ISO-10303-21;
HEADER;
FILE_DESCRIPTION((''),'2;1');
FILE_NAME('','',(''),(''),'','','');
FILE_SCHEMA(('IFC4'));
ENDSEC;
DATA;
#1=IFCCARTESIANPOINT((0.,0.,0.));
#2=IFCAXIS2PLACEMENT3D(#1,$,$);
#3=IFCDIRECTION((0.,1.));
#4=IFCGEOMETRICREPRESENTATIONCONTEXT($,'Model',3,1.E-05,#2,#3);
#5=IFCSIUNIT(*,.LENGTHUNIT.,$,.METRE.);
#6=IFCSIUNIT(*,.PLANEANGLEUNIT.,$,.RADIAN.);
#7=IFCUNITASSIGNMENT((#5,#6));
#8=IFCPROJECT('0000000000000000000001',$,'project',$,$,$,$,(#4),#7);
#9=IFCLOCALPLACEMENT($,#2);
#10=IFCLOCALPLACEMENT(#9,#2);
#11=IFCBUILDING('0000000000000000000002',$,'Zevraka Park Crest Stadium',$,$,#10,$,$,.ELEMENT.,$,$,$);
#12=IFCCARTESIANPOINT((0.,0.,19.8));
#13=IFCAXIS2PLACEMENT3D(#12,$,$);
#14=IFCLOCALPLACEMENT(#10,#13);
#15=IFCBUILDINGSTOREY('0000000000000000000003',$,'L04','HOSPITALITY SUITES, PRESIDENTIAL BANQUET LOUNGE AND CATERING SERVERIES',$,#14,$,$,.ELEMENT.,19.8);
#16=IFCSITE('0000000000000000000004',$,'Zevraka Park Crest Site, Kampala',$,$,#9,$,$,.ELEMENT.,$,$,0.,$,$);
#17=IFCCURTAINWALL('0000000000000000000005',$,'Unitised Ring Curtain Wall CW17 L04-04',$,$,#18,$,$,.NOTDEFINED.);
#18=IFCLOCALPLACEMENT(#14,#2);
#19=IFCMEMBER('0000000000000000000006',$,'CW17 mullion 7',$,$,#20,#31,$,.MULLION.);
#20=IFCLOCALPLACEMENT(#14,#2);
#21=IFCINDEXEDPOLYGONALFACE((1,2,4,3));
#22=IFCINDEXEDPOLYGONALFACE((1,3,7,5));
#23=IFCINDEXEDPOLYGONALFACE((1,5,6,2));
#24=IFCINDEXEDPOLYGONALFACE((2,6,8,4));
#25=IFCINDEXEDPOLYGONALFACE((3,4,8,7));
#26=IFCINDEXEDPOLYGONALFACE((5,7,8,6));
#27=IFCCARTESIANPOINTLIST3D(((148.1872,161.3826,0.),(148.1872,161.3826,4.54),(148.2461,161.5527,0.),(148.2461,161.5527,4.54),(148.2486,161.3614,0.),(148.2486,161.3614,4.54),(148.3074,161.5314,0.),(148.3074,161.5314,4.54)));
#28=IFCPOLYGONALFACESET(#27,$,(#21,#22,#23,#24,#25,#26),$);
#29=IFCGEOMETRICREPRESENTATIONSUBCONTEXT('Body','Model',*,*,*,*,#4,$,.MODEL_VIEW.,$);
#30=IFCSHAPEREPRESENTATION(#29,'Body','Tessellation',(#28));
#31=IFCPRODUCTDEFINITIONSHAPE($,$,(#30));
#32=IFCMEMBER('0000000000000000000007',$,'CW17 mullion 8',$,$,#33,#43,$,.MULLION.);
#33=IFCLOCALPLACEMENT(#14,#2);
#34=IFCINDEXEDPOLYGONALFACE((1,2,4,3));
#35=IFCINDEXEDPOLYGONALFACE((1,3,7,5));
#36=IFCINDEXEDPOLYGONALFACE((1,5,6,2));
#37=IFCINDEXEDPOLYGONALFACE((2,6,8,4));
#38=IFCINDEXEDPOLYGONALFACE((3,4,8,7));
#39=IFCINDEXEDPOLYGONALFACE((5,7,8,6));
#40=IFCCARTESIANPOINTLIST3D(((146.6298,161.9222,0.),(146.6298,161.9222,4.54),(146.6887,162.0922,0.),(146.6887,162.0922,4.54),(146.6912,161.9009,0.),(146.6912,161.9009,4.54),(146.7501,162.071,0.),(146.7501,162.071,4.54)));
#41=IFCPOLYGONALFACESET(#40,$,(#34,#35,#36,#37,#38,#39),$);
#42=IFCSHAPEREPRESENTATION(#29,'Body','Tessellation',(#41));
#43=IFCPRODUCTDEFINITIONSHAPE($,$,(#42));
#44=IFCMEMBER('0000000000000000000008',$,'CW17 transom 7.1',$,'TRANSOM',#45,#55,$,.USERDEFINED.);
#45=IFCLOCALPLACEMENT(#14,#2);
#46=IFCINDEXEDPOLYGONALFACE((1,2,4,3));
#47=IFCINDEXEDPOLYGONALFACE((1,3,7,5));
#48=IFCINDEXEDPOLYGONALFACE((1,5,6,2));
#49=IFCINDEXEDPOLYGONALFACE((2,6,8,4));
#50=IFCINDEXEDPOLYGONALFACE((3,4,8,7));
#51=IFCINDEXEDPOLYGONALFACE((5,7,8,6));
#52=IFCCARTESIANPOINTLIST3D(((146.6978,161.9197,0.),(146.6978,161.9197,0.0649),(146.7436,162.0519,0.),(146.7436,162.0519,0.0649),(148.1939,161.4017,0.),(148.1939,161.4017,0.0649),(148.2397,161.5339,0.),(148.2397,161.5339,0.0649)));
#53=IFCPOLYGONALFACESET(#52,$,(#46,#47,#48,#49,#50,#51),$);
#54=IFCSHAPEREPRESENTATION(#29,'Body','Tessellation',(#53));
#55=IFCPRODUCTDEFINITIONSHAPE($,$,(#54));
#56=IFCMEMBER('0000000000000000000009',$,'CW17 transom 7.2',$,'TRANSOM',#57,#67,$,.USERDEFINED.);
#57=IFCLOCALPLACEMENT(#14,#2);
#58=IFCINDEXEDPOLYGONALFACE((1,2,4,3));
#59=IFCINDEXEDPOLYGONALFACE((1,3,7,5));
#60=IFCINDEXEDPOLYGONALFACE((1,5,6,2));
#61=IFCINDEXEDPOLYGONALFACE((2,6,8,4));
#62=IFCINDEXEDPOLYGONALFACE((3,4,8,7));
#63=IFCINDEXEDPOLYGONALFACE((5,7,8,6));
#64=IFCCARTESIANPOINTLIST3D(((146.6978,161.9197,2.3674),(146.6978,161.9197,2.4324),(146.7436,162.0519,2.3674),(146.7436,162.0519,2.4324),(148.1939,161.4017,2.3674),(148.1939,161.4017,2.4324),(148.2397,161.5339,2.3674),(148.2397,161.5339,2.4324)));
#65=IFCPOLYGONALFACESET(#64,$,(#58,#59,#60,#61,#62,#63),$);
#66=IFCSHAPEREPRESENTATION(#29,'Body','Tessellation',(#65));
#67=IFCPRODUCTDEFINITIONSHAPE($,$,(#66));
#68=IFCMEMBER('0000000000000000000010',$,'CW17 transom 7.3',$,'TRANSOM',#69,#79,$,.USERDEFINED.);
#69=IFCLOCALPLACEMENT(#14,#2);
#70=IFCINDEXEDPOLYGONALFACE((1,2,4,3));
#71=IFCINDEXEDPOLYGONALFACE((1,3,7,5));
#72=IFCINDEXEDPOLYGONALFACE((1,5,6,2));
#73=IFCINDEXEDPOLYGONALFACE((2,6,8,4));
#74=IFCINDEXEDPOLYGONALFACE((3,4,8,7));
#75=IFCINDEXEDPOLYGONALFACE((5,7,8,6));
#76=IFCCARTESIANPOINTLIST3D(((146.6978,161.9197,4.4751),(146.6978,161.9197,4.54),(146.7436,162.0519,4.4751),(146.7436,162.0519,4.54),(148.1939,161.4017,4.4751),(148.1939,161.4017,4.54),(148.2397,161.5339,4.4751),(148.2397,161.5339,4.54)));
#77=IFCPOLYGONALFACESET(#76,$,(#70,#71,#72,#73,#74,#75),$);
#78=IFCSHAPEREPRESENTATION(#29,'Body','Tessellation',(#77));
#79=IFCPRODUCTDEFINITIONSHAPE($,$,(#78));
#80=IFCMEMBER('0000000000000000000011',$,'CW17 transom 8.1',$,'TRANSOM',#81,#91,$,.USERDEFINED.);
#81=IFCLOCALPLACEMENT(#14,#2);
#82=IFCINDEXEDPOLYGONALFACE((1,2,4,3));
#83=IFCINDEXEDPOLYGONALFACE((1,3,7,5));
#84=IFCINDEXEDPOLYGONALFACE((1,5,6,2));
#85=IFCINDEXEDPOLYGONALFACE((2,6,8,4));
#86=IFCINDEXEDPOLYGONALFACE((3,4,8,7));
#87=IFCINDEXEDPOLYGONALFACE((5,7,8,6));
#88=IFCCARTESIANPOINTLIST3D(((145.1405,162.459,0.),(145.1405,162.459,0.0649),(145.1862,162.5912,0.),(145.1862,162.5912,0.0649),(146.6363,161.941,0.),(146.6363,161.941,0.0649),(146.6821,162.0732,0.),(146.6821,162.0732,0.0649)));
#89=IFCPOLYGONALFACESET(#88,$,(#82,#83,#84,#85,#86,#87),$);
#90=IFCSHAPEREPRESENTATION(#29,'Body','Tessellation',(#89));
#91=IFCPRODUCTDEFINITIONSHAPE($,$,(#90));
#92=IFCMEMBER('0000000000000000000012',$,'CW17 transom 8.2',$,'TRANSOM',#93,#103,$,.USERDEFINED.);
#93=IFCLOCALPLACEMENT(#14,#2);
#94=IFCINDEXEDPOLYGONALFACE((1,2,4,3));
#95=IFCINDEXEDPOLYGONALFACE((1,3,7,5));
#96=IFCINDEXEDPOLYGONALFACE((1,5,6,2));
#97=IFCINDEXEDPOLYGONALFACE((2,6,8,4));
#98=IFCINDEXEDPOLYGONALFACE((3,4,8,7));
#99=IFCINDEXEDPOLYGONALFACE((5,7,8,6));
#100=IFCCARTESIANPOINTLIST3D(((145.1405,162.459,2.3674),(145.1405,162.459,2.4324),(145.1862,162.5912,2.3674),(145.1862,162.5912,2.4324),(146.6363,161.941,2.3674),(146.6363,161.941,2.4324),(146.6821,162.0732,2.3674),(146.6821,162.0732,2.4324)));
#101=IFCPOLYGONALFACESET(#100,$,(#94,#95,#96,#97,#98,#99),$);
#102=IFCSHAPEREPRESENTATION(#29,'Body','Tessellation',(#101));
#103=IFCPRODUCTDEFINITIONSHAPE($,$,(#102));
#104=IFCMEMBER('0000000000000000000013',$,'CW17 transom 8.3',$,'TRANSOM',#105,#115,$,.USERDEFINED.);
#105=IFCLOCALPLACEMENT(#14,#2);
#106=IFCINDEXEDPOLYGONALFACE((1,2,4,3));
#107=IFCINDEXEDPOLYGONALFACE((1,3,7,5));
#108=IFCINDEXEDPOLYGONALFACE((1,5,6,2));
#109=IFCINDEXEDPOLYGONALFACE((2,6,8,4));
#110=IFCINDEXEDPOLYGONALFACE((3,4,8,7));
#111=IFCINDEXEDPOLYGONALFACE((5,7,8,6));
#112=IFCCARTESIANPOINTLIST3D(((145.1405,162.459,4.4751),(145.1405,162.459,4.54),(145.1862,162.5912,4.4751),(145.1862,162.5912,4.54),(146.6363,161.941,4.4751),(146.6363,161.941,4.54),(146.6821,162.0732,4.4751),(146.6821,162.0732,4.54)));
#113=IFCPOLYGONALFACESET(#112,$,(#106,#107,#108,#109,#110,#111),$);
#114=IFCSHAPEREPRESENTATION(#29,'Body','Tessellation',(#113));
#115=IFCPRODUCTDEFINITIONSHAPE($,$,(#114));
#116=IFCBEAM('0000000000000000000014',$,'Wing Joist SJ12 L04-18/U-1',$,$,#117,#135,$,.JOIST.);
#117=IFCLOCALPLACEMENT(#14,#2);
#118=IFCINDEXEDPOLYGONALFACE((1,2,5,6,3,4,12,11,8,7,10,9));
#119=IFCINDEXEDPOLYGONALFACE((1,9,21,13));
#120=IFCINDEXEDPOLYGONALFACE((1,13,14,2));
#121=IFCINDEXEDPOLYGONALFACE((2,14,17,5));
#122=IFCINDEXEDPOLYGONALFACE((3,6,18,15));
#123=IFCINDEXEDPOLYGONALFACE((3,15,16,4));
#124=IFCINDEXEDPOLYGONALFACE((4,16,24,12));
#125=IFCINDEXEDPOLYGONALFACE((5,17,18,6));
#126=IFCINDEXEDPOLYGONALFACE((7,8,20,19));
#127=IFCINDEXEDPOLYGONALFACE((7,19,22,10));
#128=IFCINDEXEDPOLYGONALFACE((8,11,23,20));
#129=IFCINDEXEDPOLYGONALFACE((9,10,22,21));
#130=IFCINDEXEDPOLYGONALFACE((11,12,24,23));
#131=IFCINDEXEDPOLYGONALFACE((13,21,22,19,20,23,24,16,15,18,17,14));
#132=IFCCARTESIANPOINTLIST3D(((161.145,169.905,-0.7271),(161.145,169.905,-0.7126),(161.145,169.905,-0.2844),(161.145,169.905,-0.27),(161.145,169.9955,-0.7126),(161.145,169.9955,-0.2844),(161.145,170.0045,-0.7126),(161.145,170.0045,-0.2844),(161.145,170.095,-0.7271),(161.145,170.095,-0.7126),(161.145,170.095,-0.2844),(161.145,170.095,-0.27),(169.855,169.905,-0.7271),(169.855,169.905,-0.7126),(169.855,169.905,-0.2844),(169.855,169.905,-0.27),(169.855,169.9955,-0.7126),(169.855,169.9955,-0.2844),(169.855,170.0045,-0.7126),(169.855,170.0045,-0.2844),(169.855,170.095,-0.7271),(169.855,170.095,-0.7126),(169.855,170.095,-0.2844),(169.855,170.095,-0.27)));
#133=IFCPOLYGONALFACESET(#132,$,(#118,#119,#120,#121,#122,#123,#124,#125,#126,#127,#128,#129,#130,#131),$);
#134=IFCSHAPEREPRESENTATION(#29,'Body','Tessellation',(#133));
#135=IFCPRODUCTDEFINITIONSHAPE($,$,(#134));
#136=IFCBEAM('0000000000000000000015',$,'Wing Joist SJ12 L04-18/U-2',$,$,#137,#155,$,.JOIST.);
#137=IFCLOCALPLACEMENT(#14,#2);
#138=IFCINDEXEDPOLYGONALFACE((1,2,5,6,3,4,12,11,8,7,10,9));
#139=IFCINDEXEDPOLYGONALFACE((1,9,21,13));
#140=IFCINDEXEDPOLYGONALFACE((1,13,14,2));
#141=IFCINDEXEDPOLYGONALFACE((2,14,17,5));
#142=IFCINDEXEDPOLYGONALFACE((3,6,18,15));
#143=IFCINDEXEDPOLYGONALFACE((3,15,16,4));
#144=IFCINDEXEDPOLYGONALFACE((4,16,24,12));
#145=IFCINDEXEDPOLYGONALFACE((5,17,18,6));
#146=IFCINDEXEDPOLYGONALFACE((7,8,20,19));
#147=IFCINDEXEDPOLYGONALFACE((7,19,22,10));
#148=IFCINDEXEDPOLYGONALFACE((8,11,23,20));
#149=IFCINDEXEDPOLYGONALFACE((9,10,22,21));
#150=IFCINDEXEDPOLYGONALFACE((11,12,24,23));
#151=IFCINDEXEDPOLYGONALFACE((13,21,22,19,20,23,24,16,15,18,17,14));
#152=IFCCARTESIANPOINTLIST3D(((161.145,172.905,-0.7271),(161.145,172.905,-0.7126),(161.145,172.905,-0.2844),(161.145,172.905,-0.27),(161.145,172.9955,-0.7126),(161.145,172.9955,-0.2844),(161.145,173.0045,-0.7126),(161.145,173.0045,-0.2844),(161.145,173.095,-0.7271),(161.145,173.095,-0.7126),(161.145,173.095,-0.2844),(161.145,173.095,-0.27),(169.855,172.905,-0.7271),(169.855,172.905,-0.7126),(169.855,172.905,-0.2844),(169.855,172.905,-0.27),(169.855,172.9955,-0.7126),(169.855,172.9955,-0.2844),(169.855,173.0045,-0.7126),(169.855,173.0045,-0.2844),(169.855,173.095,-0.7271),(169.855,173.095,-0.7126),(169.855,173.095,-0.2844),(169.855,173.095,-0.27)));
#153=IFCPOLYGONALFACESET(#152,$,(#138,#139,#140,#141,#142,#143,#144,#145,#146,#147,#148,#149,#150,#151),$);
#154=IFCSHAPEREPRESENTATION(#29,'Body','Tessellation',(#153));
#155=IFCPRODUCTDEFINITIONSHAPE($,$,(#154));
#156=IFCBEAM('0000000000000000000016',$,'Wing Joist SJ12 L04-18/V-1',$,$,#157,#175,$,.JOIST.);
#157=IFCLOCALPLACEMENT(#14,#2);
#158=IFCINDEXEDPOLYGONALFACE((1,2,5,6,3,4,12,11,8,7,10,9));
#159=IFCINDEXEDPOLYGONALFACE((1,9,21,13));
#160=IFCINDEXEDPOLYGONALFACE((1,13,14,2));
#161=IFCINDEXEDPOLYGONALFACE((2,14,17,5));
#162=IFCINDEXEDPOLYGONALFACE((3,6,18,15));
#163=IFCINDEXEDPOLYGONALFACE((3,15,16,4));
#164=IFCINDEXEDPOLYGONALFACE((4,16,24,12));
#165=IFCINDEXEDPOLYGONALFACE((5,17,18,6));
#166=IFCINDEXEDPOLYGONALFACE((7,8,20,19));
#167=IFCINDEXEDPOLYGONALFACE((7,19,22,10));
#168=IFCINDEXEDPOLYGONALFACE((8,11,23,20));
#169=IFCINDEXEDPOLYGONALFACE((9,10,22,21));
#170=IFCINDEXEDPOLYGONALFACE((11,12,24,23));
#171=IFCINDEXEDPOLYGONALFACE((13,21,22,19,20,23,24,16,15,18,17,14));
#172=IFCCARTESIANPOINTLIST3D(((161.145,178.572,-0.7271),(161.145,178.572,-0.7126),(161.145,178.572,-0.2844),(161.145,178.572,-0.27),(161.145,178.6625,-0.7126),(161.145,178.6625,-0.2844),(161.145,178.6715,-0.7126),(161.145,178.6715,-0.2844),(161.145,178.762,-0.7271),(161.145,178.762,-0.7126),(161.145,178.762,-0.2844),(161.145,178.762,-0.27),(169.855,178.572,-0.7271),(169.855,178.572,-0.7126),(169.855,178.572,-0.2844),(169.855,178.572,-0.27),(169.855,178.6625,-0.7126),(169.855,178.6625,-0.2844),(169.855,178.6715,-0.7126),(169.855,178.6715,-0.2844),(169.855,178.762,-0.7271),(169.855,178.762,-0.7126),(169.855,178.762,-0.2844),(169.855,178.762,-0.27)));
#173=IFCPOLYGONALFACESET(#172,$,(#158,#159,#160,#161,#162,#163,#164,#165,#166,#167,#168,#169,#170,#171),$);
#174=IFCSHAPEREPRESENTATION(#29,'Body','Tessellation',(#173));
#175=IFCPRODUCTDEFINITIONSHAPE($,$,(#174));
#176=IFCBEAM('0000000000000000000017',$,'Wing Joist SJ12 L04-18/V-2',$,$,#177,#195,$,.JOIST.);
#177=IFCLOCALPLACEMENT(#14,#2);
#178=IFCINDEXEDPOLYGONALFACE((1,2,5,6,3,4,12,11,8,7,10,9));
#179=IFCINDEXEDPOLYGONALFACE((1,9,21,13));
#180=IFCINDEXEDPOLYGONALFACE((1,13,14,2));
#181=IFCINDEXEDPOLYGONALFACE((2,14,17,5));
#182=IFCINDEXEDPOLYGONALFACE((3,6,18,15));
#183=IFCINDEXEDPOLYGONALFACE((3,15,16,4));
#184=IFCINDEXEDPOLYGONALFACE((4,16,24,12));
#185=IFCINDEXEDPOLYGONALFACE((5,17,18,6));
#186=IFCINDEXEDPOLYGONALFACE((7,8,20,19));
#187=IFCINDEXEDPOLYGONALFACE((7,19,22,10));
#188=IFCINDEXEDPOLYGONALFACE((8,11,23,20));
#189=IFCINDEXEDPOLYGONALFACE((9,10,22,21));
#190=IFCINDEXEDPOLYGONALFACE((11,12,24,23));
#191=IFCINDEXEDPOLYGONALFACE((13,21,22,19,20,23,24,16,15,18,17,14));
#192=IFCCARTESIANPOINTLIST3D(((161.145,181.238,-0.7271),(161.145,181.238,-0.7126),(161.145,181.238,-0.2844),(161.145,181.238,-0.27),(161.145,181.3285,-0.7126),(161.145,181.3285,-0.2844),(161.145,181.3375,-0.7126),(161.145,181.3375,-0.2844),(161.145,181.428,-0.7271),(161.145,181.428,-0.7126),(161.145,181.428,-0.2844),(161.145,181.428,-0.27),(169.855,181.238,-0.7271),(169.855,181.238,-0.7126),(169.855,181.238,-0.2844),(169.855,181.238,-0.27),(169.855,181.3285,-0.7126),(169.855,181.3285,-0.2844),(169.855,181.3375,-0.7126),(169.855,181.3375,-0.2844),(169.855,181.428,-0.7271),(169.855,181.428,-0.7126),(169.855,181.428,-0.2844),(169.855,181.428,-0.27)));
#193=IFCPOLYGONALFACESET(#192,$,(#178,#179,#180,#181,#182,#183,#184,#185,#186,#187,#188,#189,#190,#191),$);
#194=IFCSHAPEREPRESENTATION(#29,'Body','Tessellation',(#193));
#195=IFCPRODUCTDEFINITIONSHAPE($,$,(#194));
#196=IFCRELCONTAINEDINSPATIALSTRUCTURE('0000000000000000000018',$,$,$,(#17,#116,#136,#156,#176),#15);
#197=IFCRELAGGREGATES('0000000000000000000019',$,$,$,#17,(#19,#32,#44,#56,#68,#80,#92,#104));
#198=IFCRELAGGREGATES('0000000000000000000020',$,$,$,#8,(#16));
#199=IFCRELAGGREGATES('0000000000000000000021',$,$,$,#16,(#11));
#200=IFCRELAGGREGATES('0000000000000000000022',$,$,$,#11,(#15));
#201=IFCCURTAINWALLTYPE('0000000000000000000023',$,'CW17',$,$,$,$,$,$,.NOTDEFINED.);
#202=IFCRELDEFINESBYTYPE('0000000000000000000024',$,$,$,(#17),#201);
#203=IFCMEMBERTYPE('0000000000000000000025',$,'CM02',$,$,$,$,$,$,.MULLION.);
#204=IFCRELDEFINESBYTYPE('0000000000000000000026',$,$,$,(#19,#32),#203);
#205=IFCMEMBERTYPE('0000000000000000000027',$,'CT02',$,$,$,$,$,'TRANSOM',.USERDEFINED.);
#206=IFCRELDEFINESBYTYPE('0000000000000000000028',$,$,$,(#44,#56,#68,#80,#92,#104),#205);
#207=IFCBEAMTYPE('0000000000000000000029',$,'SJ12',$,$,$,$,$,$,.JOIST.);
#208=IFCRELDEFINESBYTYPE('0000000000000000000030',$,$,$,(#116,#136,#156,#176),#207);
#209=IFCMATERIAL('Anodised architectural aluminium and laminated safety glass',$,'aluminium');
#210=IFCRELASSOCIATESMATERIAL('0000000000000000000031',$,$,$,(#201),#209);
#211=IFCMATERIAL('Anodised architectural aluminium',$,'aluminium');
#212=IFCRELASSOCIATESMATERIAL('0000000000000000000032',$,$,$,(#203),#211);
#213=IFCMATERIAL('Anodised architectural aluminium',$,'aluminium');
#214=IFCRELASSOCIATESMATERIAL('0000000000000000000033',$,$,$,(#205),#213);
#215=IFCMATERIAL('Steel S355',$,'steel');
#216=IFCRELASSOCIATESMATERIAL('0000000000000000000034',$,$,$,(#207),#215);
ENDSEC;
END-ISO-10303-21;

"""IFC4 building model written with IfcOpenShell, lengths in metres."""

from ifc_helpers import new_model, si_unit, direction, frame, origin, origin_2d, place, context, subcontext, project, spatial, rectangle, i_section, extrude, material, material_profile, profile_set, type_object, element, aggregate, save


model = new_model("IFC4")

# Units and contexts
model_context = context("Model", 3, precision=1e-05, world=origin(), true_north=direction((0.0, 1.0)))
body_context = subcontext(model_context, "Body", "Model", "MODEL_VIEW")
ifc_project = project(units=[si_unit("LENGTHUNIT", "METRE"), si_unit("PLANEANGLEUNIT", "RADIAN")], contexts=[model_context])

# Site, building, storey
site_placement = place(None, origin())
site = spatial("IfcSite", under=ifc_project, at=site_placement, Name="Zevraka Park Crest Site, Kampala", CompositionType="ELEMENT", RefElevation=0.0)
building_placement = place(site_placement, origin())
building = spatial("IfcBuilding", under=site, at=building_placement, Name="Zevraka Park Crest Stadium", CompositionType="ELEMENT")
storey_placement = place(building_placement, frame((0.0, 0.0, 19.8)))
storey = spatial("IfcBuildingStorey", under=building, at=storey_placement, Name="L04", Description="HOSPITALITY SUITES, PRESIDENTIAL BANQUET LOUNGE AND CATERING SERVERIES", CompositionType="ELEMENT", Elevation=19.8)

# Curtain wall, members
ifc_material_1 = material(Name="Anodised architectural aluminium and laminated safety glass", Category="aluminium")
curtain_wall_type = type_object("IfcCurtainWallType", Name="CW17", PredefinedType="NOTDEFINED", material=ifc_material_1)
curtain_wall_placement = place(storey_placement, origin())
curtain_wall = element("IfcCurtainWall", 1, at=curtain_wall_placement, inside=storey, type_object=curtain_wall_type, Name="Unitised Ring Curtain Wall CW17 L04-04", PredefinedType="NOTDEFINED")
ifc_material_2 = material(Name="Anodised architectural aluminium", Category="aluminium")
ifc_material_profile_1 = material_profile(ifc_material_2, rectangle(XDim=0.1799, YDim=0.0649, at=origin_2d()), Name="ALU MULLION 180x65")
ifc_profile_set_1 = profile_set([ifc_material_profile_1], Name="Anodised architectural aluminium")
member_type_1 = type_object("IfcMemberType", Name="CM02", PredefinedType="MULLION", material=ifc_profile_set_1)
member_1_placement = place(storey_placement, frame((148.2473, 161.457, 0.0), z_axis=(0.0, 0.0, 1.0), x_axis=(-0.327245, -0.94494, 0.0)))
member_1 = element("IfcMember", 2, at=member_1_placement, type_object=member_type_1, Name="CW17 mullion 7", PredefinedType="MULLION", context=body_context, shape_type="SweptSolid", body=[
    extrude(rectangle(XDim=0.1799, YDim=0.0649, at=origin_2d()), origin(), (0.0, 0.0, 1.0), 4.54),
])
member_2_placement = place(storey_placement, frame((146.6899, 161.9966, 0.0), z_axis=(0.0, 0.0, 1.0), x_axis=(-0.327245, -0.94494, 0.0)))
member_2 = element("IfcMember", 3, at=member_2_placement, type_object=member_type_1, Name="CW17 mullion 8", PredefinedType="MULLION", context=body_context, shape_type="SweptSolid", body=[
    extrude(rectangle(XDim=0.1799, YDim=0.0649, at=origin_2d()), origin(), (0.0, 0.0, 1.0), 4.54),
])
ifc_material_3 = material(Name="Anodised architectural aluminium", Category="aluminium")
ifc_material_profile_2 = material_profile(ifc_material_3, rectangle(XDim=0.1399, YDim=0.0649, at=origin_2d()), Name="ALU TRANSOM 140x65")
ifc_profile_set_2 = profile_set([ifc_material_profile_2], Name="Anodised architectural aluminium")
member_type_2 = type_object("IfcMemberType", Name="CT02", ElementType="TRANSOM", PredefinedType="USERDEFINED", material=ifc_profile_set_2)
member_3_placement = place(storey_placement, frame((148.2168, 161.4678, 0.0325), z_axis=(-0.944949, 0.327216, 0.0), x_axis=(-0.327216, -0.944949, 0.0)))
member_3 = element("IfcMember", 4, at=member_3_placement, type_object=member_type_2, Name="CW17 transom 7.1", ObjectType="TRANSOM", PredefinedType="USERDEFINED", context=body_context, shape_type="SweptSolid", body=[
    extrude(rectangle(XDim=0.1399, YDim=0.0649, at=origin_2d()), origin(), (0.0, 0.0, 1.0), 1.5833),
])
member_4_placement = place(storey_placement, frame((148.2168, 161.4678, 2.3999), z_axis=(-0.944949, 0.327216, 0.0), x_axis=(-0.327216, -0.944949, 0.0)))
member_4 = element("IfcMember", 5, at=member_4_placement, type_object=member_type_2, Name="CW17 transom 7.2", ObjectType="TRANSOM", PredefinedType="USERDEFINED", context=body_context, shape_type="SweptSolid", body=[
    extrude(rectangle(XDim=0.1399, YDim=0.0649, at=origin_2d()), origin(), (0.0, 0.0, 1.0), 1.5833),
])
member_5_placement = place(storey_placement, frame((148.2168, 161.4678, 4.5076), z_axis=(-0.944949, 0.327216, 0.0), x_axis=(-0.327216, -0.944949, 0.0)))
member_5 = element("IfcMember", 6, at=member_5_placement, type_object=member_type_2, Name="CW17 transom 7.3", ObjectType="TRANSOM", PredefinedType="USERDEFINED", context=body_context, shape_type="SweptSolid", body=[
    extrude(rectangle(XDim=0.1399, YDim=0.0649, at=origin_2d()), origin(), (0.0, 0.0, 1.0), 1.5833),
])
member_6_placement = place(storey_placement, frame((146.6592, 162.0071, 0.0325), z_axis=(-0.944933, 0.327264, 0.0), x_axis=(-0.327264, -0.944933, 0.0)))
member_6 = element("IfcMember", 7, at=member_6_placement, type_object=member_type_2, Name="CW17 transom 8.1", ObjectType="TRANSOM", PredefinedType="USERDEFINED", context=body_context, shape_type="SweptSolid", body=[
    extrude(rectangle(XDim=0.1399, YDim=0.0649, at=origin_2d()), origin(), (0.0, 0.0, 1.0), 1.583),
])
member_7_placement = place(storey_placement, frame((146.6592, 162.0071, 2.3999), z_axis=(-0.944933, 0.327264, 0.0), x_axis=(-0.327264, -0.944933, 0.0)))
member_7 = element("IfcMember", 8, at=member_7_placement, type_object=member_type_2, Name="CW17 transom 8.2", ObjectType="TRANSOM", PredefinedType="USERDEFINED", context=body_context, shape_type="SweptSolid", body=[
    extrude(rectangle(XDim=0.1399, YDim=0.0649, at=origin_2d()), origin(), (0.0, 0.0, 1.0), 1.583),
])
member_8_placement = place(storey_placement, frame((146.6592, 162.0071, 4.5076), z_axis=(-0.944933, 0.327264, 0.0), x_axis=(-0.327264, -0.944933, 0.0)))
member_8 = element("IfcMember", 9, at=member_8_placement, type_object=member_type_2, Name="CW17 transom 8.3", ObjectType="TRANSOM", PredefinedType="USERDEFINED", context=body_context, shape_type="SweptSolid", body=[
    extrude(rectangle(XDim=0.1399, YDim=0.0649, at=origin_2d()), origin(), (0.0, 0.0, 1.0), 1.583),
])

# Beams
ifc_material_4 = material(Name="Steel S355", Category="steel")
ifc_material_profile_3 = material_profile(ifc_material_4, i_section(OverallWidth=0.1899, OverallDepth=0.457, WebThickness=0.009, FlangeThickness=0.0144, at=origin_2d()), Name="UKB 457x191x74")
ifc_profile_set_3 = profile_set([ifc_material_profile_3], Name="Steel S355")
beam_type_1 = type_object("IfcBeamType", Name="SJ12", PredefinedType="JOIST", material=ifc_profile_set_3)
for number, where, z_axis, x_axis, name in (
    (10, (161.145, 170.0, -0.4985), (1.0, 0.0, 0.0), (0.0, 1.0, 0.0), "Wing Joist SJ12 L04-18/U-1"),
    (11, (161.145, 173.0, -0.4985), (1.0, 0.0, 0.0), (0.0, 1.0, 0.0), "Wing Joist SJ12 L04-18/U-2"),
    (12, (161.145, 178.667, -0.4985), (1.0, 0.0, 0.0), (0.0, 1.0, 0.0), "Wing Joist SJ12 L04-18/V-1"),
    (13, (161.145, 181.333, -0.4985), (1.0, 0.0, 0.0), (0.0, 1.0, 0.0), "Wing Joist SJ12 L04-18/V-2"),
):
    element("IfcBeam", number, at=place(storey_placement, frame(where, z_axis=z_axis, x_axis=x_axis)), inside=storey, type_object=beam_type_1, Name=name, PredefinedType="JOIST", context=body_context, shape_type="SweptSolid", body=[
        extrude(i_section(OverallWidth=0.1899, OverallDepth=0.457, WebThickness=0.009, FlangeThickness=0.0144, at=origin_2d()), origin(), (0.0, 0.0, 1.0), 8.71),
    ])

aggregate(curtain_wall, [member_1, member_2, member_3, member_4, member_5, member_6, member_7, member_8])

save(model, "model.ifc")
